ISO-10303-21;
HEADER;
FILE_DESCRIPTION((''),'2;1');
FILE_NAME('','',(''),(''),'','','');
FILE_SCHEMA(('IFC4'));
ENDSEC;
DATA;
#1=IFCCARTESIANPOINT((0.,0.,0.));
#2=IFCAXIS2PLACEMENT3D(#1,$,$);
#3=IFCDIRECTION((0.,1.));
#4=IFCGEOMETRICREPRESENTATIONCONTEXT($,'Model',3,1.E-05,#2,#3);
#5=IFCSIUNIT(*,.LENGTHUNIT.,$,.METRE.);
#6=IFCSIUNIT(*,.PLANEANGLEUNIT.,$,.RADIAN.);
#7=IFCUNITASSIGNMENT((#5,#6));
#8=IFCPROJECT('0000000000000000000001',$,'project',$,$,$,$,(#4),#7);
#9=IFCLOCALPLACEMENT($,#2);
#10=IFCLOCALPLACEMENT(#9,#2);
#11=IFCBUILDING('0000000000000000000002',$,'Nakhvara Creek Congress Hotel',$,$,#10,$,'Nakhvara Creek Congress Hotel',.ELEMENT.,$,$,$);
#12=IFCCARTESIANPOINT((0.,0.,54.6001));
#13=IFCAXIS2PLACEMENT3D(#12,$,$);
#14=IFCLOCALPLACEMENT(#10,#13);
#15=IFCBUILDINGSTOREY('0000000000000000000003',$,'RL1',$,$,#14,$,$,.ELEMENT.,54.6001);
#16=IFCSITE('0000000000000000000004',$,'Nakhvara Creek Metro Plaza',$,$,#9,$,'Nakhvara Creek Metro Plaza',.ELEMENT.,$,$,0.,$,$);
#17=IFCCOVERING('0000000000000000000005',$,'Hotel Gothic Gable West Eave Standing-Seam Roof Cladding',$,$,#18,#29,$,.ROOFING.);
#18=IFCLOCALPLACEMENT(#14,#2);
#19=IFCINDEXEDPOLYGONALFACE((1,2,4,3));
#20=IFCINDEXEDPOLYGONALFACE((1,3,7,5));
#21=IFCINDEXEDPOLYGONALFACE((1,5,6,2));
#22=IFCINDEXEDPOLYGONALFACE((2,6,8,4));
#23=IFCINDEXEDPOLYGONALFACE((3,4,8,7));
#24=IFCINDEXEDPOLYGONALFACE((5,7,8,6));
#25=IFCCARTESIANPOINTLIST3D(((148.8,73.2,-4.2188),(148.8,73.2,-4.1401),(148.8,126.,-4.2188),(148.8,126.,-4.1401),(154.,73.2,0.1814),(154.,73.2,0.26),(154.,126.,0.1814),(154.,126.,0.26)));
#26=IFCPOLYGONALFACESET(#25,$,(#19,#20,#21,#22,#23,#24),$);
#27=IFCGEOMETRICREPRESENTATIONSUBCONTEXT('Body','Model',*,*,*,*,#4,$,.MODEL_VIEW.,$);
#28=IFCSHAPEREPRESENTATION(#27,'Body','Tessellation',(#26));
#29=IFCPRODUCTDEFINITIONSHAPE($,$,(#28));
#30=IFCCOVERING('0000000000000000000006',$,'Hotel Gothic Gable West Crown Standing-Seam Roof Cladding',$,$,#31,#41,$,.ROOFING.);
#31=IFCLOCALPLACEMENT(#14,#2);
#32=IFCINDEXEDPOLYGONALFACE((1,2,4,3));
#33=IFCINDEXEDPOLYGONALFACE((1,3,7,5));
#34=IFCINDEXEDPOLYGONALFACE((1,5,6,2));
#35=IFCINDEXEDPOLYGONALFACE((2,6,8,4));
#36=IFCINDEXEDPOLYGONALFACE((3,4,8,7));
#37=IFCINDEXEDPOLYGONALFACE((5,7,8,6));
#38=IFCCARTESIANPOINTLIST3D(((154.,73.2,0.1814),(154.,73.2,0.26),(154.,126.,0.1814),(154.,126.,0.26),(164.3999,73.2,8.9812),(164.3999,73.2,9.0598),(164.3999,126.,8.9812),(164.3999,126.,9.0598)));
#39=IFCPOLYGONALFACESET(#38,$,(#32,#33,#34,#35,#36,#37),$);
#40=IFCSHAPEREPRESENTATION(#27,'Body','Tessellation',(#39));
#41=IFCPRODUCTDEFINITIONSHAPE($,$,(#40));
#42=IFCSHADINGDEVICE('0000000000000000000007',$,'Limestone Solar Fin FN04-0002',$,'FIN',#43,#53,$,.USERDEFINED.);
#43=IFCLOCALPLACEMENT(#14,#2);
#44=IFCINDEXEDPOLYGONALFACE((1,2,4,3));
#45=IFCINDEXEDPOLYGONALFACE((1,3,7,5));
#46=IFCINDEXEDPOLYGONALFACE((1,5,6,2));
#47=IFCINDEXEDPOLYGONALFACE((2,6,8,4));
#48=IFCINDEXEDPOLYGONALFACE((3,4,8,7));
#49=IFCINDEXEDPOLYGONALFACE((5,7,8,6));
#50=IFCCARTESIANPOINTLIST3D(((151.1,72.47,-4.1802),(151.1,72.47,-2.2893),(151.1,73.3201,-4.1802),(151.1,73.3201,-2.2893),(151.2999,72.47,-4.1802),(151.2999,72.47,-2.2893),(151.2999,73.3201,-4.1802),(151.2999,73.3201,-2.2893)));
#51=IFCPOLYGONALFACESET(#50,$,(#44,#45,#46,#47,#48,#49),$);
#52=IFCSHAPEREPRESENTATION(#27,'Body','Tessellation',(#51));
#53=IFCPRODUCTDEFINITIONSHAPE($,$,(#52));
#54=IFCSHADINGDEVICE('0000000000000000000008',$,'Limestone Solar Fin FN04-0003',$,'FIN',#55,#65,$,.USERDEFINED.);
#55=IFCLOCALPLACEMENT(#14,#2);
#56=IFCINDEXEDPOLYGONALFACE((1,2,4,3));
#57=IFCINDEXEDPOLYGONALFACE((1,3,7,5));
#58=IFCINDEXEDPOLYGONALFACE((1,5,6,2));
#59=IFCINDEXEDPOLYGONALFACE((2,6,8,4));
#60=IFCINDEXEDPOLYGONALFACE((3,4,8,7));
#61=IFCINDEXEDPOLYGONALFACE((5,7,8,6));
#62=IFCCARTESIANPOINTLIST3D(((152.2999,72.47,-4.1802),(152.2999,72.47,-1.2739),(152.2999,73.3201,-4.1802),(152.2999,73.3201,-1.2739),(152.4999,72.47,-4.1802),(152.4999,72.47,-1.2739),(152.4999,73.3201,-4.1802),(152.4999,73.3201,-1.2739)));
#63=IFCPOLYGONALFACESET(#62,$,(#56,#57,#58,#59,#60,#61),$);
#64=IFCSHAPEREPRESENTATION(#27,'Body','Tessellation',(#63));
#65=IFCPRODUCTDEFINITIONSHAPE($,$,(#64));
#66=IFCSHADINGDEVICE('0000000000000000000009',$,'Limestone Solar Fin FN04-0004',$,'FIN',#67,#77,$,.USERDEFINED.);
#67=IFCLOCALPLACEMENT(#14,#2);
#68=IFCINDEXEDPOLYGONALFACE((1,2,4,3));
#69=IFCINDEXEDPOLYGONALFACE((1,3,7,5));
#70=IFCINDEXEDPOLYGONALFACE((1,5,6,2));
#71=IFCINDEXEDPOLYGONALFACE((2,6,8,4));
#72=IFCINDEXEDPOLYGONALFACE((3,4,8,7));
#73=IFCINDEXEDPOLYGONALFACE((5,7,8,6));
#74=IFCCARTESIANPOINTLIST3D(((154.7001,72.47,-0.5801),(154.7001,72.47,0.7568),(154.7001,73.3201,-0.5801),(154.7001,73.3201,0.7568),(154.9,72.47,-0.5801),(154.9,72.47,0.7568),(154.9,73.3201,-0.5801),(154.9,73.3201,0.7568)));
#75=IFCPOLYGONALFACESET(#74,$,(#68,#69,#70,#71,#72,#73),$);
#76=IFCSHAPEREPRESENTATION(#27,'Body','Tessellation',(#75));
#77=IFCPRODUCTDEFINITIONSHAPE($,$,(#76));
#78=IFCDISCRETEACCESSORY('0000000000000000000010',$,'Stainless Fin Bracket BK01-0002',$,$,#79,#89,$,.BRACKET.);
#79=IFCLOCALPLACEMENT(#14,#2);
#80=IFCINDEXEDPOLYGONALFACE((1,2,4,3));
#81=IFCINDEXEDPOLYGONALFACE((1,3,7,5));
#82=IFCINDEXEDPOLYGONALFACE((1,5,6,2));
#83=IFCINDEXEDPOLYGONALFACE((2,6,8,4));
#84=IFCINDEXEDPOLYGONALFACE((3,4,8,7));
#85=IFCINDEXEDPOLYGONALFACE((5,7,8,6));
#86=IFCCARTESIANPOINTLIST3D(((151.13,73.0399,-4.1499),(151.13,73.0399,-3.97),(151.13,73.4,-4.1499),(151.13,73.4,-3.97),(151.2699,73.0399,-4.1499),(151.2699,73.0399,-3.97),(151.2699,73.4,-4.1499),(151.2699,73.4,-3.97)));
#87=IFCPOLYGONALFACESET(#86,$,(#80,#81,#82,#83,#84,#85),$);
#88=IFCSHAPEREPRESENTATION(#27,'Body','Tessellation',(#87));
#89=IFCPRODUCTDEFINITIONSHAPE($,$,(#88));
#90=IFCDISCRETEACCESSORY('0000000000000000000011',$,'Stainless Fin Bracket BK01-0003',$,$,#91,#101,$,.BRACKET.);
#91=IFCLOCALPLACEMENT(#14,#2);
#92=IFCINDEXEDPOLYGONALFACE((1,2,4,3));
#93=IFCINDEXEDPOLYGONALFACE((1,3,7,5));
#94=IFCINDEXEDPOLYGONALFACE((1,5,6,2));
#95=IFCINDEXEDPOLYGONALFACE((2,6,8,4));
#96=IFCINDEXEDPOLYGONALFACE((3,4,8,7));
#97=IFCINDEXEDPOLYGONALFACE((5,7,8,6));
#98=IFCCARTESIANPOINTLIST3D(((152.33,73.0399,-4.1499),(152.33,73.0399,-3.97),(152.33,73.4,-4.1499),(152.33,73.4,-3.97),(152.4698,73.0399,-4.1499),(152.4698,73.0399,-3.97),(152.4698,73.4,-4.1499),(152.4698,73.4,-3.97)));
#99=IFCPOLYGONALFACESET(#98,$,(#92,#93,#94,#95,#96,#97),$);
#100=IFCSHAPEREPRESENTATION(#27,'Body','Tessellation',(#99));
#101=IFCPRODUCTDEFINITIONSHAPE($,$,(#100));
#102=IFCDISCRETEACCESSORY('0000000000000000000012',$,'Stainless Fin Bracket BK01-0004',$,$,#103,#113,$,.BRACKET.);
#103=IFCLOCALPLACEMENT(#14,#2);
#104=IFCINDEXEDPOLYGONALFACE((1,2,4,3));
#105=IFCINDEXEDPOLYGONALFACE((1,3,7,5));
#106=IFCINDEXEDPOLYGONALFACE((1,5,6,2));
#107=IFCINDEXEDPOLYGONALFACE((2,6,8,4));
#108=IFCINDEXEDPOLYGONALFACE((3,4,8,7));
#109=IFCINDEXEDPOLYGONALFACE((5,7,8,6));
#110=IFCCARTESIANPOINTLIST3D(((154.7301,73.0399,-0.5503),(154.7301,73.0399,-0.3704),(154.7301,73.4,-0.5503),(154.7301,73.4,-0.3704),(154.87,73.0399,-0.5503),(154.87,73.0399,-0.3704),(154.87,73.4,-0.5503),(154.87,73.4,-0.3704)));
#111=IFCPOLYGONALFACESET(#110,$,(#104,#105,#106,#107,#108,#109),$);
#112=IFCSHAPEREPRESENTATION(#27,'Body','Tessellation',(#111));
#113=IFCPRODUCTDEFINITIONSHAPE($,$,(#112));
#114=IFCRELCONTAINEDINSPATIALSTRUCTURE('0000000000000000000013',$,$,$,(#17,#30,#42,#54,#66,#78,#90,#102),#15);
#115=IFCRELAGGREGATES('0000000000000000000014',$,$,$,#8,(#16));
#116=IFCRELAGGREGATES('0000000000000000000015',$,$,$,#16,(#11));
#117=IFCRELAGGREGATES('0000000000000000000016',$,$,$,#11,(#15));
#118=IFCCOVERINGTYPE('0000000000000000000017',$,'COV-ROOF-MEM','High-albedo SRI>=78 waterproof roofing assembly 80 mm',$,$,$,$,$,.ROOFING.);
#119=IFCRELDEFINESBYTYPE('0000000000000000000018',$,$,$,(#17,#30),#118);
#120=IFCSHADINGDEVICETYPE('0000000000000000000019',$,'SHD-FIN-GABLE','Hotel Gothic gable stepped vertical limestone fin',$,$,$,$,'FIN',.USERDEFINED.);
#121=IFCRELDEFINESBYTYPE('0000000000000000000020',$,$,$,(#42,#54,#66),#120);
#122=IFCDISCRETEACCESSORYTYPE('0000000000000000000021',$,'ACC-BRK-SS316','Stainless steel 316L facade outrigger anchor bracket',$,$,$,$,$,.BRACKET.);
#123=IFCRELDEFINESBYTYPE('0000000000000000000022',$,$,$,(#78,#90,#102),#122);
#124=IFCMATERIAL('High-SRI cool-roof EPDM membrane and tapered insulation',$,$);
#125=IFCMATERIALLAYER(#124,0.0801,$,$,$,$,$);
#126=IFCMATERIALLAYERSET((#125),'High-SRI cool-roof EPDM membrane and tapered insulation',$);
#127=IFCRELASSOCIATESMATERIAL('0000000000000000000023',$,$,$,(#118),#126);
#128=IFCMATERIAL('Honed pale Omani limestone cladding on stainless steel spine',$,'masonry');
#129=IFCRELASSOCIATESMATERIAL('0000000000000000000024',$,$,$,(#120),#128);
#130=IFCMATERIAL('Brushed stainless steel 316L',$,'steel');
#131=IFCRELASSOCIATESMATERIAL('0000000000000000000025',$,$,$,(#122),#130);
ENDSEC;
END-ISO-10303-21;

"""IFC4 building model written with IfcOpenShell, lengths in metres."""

from ifc_helpers import new_model, si_unit, direction, frame, origin, origin_2d, place, context, subcontext, project, spatial, polyline, rectangle, outline, extrude, material, layer, layer_set, type_object, element, save


model = new_model("IFC4")

# Units and contexts
model_context = context("Model", 3, precision=1e-05, world=origin(), true_north=direction((0.0, 1.0)))
body_context = subcontext(model_context, "Body", "Model", "MODEL_VIEW")
ifc_project = project(units=[si_unit("LENGTHUNIT", "METRE"), si_unit("PLANEANGLEUNIT", "RADIAN")], contexts=[model_context])

# Site, building, storey
site_placement = place(None, origin())
site = spatial("IfcSite", under=ifc_project, at=site_placement, Name="Nakhvara Creek Metro Plaza", LongName="Nakhvara Creek Metro Plaza", CompositionType="ELEMENT", RefElevation=0.0)
building_placement = place(site_placement, origin())
building = spatial("IfcBuilding", under=site, at=building_placement, Name="Nakhvara Creek Congress Hotel", LongName="Nakhvara Creek Congress Hotel", CompositionType="ELEMENT")
storey_placement = place(building_placement, frame((0.0, 0.0, 54.6001)))
storey = spatial("IfcBuildingStorey", under=building, at=storey_placement, Name="RL1", CompositionType="ELEMENT", Elevation=54.6001)

# Coverings
ifc_material_1 = material(Name="High-SRI cool-roof EPDM membrane and tapered insulation")
ifc_layer_1 = layer(ifc_material_1, 0.0801)
ifc_layer_set_1 = layer_set([ifc_layer_1], Name="High-SRI cool-roof EPDM membrane and tapered insulation")
covering_type_1 = type_object("IfcCoveringType", Name="COV-ROOF-MEM", Description="High-albedo SRI>=78 waterproof roofing assembly 80 mm", PredefinedType="ROOFING", material=ifc_layer_set_1)
covering_1_placement = place(storey_placement, frame((148.8, 73.2, -4.1401), z_axis=(0.0, 0.0, 1.0), x_axis=(1.0, 0.0, 0.0)))
element("IfcCovering", 1, at=covering_1_placement, inside=storey, type_object=covering_type_1, Name="Hotel Gothic Gable West Eave Standing-Seam Roof Cladding", PredefinedType="ROOFING", context=body_context, shape_type="SweptSolid", body=[
    extrude(outline(polyline([(0.0, 0.0), (5.2, 4.4001), (5.2, 4.3215), (0.0, -0.0786), (0.0, 0.0)])), frame((0.0, 52.8, 0.0), z_axis=(0.0, -1.0, 0.0), x_axis=(1.0, 0.0, 0.0)), (0.0, 0.0, 1.0), 52.8),
])
covering_2_placement = place(storey_placement, frame((154.0, 73.2, 0.26), z_axis=(0.0, 0.0, 1.0), x_axis=(1.0, 0.0, 0.0)))
element("IfcCovering", 2, at=covering_2_placement, inside=storey, type_object=covering_type_1, Name="Hotel Gothic Gable West Crown Standing-Seam Roof Cladding", PredefinedType="ROOFING", context=body_context, shape_type="SweptSolid", body=[
    extrude(outline(polyline([(0.0, 0.0), (10.3999, 8.7998), (10.3999, 8.7212), (0.0, -0.0786), (0.0, 0.0)])), frame((0.0, 52.8, 0.0), z_axis=(0.0, -1.0, 0.0), x_axis=(1.0, 0.0, 0.0)), (0.0, 0.0, 1.0), 52.8),
])

# Shading devices
ifc_material_2 = material(Name="Honed pale Omani limestone cladding on stainless steel spine", Category="masonry")
shading_device_type = type_object("IfcShadingDeviceType", Name="SHD-FIN-GABLE", Description="Hotel Gothic gable stepped vertical limestone fin", ElementType="FIN", PredefinedType="USERDEFINED", material=ifc_material_2)
shading_device_1_placement = place(storey_placement, frame((151.2, 72.895, -4.1802), z_axis=(0.0, 0.0, 1.0), x_axis=(1.0, 0.0, 0.0)))
element("IfcShadingDevice", 3, at=shading_device_1_placement, inside=storey, type_object=shading_device_type, Name="Limestone Solar Fin FN04-0002", ObjectType="FIN", PredefinedType="USERDEFINED", context=body_context, shape_type="SweptSolid", body=[
    extrude(rectangle(XDim=0.2, YDim=0.8501, at=origin_2d()), origin(), (0.0, 0.0, 1.0), 1.8909),
])
shading_device_2_placement = place(storey_placement, frame((152.3999, 72.895, -4.1802), z_axis=(0.0, 0.0, 1.0), x_axis=(1.0, 0.0, 0.0)))
element("IfcShadingDevice", 4, at=shading_device_2_placement, inside=storey, type_object=shading_device_type, Name="Limestone Solar Fin FN04-0003", ObjectType="FIN", PredefinedType="USERDEFINED", context=body_context, shape_type="SweptSolid", body=[
    extrude(rectangle(XDim=0.2, YDim=0.8501, at=origin_2d()), origin(), (0.0, 0.0, 1.0), 2.9062),
])
shading_device_3_placement = place(storey_placement, frame((154.8, 72.895, -0.5801), z_axis=(0.0, 0.0, 1.0), x_axis=(1.0, 0.0, 0.0)))
element("IfcShadingDevice", 5, at=shading_device_3_placement, inside=storey, type_object=shading_device_type, Name="Limestone Solar Fin FN04-0004", ObjectType="FIN", PredefinedType="USERDEFINED", context=body_context, shape_type="SweptSolid", body=[
    extrude(rectangle(XDim=0.2, YDim=0.8501, at=origin_2d()), origin(), (0.0, 0.0, 1.0), 1.3369),
])

# Discrete accessories
ifc_material_3 = material(Name="Brushed stainless steel 316L", Category="steel")
discrete_accessory_type = type_object("IfcDiscreteAccessoryType", Name="ACC-BRK-SS316", Description="Stainless steel 316L facade outrigger anchor bracket", PredefinedType="BRACKET", material=ifc_material_3)
for number, where, z_axis, x_axis, name in (
    (6, (151.2, 73.22, -4.1499), (0.0, 0.0, 1.0), (1.0, 0.0, 0.0), "Stainless Fin Bracket BK01-0002"),
    (7, (152.3999, 73.22, -4.1499), (0.0, 0.0, 1.0), (1.0, 0.0, 0.0), "Stainless Fin Bracket BK01-0003"),
    (8, (154.8, 73.22, -0.5503), (0.0, 0.0, 1.0), (1.0, 0.0, 0.0), "Stainless Fin Bracket BK01-0004"),
):
    element("IfcDiscreteAccessory", number, at=place(storey_placement, frame(where, z_axis=z_axis, x_axis=x_axis)), inside=storey, type_object=discrete_accessory_type, Name=name, PredefinedType="BRACKET", context=body_context, shape_type="SweptSolid", body=[
        extrude(rectangle(XDim=0.1399, YDim=0.3601, at=origin_2d()), origin(), (0.0, 0.0, 1.0), 0.1799),
    ])

save(model, "model.ifc")
